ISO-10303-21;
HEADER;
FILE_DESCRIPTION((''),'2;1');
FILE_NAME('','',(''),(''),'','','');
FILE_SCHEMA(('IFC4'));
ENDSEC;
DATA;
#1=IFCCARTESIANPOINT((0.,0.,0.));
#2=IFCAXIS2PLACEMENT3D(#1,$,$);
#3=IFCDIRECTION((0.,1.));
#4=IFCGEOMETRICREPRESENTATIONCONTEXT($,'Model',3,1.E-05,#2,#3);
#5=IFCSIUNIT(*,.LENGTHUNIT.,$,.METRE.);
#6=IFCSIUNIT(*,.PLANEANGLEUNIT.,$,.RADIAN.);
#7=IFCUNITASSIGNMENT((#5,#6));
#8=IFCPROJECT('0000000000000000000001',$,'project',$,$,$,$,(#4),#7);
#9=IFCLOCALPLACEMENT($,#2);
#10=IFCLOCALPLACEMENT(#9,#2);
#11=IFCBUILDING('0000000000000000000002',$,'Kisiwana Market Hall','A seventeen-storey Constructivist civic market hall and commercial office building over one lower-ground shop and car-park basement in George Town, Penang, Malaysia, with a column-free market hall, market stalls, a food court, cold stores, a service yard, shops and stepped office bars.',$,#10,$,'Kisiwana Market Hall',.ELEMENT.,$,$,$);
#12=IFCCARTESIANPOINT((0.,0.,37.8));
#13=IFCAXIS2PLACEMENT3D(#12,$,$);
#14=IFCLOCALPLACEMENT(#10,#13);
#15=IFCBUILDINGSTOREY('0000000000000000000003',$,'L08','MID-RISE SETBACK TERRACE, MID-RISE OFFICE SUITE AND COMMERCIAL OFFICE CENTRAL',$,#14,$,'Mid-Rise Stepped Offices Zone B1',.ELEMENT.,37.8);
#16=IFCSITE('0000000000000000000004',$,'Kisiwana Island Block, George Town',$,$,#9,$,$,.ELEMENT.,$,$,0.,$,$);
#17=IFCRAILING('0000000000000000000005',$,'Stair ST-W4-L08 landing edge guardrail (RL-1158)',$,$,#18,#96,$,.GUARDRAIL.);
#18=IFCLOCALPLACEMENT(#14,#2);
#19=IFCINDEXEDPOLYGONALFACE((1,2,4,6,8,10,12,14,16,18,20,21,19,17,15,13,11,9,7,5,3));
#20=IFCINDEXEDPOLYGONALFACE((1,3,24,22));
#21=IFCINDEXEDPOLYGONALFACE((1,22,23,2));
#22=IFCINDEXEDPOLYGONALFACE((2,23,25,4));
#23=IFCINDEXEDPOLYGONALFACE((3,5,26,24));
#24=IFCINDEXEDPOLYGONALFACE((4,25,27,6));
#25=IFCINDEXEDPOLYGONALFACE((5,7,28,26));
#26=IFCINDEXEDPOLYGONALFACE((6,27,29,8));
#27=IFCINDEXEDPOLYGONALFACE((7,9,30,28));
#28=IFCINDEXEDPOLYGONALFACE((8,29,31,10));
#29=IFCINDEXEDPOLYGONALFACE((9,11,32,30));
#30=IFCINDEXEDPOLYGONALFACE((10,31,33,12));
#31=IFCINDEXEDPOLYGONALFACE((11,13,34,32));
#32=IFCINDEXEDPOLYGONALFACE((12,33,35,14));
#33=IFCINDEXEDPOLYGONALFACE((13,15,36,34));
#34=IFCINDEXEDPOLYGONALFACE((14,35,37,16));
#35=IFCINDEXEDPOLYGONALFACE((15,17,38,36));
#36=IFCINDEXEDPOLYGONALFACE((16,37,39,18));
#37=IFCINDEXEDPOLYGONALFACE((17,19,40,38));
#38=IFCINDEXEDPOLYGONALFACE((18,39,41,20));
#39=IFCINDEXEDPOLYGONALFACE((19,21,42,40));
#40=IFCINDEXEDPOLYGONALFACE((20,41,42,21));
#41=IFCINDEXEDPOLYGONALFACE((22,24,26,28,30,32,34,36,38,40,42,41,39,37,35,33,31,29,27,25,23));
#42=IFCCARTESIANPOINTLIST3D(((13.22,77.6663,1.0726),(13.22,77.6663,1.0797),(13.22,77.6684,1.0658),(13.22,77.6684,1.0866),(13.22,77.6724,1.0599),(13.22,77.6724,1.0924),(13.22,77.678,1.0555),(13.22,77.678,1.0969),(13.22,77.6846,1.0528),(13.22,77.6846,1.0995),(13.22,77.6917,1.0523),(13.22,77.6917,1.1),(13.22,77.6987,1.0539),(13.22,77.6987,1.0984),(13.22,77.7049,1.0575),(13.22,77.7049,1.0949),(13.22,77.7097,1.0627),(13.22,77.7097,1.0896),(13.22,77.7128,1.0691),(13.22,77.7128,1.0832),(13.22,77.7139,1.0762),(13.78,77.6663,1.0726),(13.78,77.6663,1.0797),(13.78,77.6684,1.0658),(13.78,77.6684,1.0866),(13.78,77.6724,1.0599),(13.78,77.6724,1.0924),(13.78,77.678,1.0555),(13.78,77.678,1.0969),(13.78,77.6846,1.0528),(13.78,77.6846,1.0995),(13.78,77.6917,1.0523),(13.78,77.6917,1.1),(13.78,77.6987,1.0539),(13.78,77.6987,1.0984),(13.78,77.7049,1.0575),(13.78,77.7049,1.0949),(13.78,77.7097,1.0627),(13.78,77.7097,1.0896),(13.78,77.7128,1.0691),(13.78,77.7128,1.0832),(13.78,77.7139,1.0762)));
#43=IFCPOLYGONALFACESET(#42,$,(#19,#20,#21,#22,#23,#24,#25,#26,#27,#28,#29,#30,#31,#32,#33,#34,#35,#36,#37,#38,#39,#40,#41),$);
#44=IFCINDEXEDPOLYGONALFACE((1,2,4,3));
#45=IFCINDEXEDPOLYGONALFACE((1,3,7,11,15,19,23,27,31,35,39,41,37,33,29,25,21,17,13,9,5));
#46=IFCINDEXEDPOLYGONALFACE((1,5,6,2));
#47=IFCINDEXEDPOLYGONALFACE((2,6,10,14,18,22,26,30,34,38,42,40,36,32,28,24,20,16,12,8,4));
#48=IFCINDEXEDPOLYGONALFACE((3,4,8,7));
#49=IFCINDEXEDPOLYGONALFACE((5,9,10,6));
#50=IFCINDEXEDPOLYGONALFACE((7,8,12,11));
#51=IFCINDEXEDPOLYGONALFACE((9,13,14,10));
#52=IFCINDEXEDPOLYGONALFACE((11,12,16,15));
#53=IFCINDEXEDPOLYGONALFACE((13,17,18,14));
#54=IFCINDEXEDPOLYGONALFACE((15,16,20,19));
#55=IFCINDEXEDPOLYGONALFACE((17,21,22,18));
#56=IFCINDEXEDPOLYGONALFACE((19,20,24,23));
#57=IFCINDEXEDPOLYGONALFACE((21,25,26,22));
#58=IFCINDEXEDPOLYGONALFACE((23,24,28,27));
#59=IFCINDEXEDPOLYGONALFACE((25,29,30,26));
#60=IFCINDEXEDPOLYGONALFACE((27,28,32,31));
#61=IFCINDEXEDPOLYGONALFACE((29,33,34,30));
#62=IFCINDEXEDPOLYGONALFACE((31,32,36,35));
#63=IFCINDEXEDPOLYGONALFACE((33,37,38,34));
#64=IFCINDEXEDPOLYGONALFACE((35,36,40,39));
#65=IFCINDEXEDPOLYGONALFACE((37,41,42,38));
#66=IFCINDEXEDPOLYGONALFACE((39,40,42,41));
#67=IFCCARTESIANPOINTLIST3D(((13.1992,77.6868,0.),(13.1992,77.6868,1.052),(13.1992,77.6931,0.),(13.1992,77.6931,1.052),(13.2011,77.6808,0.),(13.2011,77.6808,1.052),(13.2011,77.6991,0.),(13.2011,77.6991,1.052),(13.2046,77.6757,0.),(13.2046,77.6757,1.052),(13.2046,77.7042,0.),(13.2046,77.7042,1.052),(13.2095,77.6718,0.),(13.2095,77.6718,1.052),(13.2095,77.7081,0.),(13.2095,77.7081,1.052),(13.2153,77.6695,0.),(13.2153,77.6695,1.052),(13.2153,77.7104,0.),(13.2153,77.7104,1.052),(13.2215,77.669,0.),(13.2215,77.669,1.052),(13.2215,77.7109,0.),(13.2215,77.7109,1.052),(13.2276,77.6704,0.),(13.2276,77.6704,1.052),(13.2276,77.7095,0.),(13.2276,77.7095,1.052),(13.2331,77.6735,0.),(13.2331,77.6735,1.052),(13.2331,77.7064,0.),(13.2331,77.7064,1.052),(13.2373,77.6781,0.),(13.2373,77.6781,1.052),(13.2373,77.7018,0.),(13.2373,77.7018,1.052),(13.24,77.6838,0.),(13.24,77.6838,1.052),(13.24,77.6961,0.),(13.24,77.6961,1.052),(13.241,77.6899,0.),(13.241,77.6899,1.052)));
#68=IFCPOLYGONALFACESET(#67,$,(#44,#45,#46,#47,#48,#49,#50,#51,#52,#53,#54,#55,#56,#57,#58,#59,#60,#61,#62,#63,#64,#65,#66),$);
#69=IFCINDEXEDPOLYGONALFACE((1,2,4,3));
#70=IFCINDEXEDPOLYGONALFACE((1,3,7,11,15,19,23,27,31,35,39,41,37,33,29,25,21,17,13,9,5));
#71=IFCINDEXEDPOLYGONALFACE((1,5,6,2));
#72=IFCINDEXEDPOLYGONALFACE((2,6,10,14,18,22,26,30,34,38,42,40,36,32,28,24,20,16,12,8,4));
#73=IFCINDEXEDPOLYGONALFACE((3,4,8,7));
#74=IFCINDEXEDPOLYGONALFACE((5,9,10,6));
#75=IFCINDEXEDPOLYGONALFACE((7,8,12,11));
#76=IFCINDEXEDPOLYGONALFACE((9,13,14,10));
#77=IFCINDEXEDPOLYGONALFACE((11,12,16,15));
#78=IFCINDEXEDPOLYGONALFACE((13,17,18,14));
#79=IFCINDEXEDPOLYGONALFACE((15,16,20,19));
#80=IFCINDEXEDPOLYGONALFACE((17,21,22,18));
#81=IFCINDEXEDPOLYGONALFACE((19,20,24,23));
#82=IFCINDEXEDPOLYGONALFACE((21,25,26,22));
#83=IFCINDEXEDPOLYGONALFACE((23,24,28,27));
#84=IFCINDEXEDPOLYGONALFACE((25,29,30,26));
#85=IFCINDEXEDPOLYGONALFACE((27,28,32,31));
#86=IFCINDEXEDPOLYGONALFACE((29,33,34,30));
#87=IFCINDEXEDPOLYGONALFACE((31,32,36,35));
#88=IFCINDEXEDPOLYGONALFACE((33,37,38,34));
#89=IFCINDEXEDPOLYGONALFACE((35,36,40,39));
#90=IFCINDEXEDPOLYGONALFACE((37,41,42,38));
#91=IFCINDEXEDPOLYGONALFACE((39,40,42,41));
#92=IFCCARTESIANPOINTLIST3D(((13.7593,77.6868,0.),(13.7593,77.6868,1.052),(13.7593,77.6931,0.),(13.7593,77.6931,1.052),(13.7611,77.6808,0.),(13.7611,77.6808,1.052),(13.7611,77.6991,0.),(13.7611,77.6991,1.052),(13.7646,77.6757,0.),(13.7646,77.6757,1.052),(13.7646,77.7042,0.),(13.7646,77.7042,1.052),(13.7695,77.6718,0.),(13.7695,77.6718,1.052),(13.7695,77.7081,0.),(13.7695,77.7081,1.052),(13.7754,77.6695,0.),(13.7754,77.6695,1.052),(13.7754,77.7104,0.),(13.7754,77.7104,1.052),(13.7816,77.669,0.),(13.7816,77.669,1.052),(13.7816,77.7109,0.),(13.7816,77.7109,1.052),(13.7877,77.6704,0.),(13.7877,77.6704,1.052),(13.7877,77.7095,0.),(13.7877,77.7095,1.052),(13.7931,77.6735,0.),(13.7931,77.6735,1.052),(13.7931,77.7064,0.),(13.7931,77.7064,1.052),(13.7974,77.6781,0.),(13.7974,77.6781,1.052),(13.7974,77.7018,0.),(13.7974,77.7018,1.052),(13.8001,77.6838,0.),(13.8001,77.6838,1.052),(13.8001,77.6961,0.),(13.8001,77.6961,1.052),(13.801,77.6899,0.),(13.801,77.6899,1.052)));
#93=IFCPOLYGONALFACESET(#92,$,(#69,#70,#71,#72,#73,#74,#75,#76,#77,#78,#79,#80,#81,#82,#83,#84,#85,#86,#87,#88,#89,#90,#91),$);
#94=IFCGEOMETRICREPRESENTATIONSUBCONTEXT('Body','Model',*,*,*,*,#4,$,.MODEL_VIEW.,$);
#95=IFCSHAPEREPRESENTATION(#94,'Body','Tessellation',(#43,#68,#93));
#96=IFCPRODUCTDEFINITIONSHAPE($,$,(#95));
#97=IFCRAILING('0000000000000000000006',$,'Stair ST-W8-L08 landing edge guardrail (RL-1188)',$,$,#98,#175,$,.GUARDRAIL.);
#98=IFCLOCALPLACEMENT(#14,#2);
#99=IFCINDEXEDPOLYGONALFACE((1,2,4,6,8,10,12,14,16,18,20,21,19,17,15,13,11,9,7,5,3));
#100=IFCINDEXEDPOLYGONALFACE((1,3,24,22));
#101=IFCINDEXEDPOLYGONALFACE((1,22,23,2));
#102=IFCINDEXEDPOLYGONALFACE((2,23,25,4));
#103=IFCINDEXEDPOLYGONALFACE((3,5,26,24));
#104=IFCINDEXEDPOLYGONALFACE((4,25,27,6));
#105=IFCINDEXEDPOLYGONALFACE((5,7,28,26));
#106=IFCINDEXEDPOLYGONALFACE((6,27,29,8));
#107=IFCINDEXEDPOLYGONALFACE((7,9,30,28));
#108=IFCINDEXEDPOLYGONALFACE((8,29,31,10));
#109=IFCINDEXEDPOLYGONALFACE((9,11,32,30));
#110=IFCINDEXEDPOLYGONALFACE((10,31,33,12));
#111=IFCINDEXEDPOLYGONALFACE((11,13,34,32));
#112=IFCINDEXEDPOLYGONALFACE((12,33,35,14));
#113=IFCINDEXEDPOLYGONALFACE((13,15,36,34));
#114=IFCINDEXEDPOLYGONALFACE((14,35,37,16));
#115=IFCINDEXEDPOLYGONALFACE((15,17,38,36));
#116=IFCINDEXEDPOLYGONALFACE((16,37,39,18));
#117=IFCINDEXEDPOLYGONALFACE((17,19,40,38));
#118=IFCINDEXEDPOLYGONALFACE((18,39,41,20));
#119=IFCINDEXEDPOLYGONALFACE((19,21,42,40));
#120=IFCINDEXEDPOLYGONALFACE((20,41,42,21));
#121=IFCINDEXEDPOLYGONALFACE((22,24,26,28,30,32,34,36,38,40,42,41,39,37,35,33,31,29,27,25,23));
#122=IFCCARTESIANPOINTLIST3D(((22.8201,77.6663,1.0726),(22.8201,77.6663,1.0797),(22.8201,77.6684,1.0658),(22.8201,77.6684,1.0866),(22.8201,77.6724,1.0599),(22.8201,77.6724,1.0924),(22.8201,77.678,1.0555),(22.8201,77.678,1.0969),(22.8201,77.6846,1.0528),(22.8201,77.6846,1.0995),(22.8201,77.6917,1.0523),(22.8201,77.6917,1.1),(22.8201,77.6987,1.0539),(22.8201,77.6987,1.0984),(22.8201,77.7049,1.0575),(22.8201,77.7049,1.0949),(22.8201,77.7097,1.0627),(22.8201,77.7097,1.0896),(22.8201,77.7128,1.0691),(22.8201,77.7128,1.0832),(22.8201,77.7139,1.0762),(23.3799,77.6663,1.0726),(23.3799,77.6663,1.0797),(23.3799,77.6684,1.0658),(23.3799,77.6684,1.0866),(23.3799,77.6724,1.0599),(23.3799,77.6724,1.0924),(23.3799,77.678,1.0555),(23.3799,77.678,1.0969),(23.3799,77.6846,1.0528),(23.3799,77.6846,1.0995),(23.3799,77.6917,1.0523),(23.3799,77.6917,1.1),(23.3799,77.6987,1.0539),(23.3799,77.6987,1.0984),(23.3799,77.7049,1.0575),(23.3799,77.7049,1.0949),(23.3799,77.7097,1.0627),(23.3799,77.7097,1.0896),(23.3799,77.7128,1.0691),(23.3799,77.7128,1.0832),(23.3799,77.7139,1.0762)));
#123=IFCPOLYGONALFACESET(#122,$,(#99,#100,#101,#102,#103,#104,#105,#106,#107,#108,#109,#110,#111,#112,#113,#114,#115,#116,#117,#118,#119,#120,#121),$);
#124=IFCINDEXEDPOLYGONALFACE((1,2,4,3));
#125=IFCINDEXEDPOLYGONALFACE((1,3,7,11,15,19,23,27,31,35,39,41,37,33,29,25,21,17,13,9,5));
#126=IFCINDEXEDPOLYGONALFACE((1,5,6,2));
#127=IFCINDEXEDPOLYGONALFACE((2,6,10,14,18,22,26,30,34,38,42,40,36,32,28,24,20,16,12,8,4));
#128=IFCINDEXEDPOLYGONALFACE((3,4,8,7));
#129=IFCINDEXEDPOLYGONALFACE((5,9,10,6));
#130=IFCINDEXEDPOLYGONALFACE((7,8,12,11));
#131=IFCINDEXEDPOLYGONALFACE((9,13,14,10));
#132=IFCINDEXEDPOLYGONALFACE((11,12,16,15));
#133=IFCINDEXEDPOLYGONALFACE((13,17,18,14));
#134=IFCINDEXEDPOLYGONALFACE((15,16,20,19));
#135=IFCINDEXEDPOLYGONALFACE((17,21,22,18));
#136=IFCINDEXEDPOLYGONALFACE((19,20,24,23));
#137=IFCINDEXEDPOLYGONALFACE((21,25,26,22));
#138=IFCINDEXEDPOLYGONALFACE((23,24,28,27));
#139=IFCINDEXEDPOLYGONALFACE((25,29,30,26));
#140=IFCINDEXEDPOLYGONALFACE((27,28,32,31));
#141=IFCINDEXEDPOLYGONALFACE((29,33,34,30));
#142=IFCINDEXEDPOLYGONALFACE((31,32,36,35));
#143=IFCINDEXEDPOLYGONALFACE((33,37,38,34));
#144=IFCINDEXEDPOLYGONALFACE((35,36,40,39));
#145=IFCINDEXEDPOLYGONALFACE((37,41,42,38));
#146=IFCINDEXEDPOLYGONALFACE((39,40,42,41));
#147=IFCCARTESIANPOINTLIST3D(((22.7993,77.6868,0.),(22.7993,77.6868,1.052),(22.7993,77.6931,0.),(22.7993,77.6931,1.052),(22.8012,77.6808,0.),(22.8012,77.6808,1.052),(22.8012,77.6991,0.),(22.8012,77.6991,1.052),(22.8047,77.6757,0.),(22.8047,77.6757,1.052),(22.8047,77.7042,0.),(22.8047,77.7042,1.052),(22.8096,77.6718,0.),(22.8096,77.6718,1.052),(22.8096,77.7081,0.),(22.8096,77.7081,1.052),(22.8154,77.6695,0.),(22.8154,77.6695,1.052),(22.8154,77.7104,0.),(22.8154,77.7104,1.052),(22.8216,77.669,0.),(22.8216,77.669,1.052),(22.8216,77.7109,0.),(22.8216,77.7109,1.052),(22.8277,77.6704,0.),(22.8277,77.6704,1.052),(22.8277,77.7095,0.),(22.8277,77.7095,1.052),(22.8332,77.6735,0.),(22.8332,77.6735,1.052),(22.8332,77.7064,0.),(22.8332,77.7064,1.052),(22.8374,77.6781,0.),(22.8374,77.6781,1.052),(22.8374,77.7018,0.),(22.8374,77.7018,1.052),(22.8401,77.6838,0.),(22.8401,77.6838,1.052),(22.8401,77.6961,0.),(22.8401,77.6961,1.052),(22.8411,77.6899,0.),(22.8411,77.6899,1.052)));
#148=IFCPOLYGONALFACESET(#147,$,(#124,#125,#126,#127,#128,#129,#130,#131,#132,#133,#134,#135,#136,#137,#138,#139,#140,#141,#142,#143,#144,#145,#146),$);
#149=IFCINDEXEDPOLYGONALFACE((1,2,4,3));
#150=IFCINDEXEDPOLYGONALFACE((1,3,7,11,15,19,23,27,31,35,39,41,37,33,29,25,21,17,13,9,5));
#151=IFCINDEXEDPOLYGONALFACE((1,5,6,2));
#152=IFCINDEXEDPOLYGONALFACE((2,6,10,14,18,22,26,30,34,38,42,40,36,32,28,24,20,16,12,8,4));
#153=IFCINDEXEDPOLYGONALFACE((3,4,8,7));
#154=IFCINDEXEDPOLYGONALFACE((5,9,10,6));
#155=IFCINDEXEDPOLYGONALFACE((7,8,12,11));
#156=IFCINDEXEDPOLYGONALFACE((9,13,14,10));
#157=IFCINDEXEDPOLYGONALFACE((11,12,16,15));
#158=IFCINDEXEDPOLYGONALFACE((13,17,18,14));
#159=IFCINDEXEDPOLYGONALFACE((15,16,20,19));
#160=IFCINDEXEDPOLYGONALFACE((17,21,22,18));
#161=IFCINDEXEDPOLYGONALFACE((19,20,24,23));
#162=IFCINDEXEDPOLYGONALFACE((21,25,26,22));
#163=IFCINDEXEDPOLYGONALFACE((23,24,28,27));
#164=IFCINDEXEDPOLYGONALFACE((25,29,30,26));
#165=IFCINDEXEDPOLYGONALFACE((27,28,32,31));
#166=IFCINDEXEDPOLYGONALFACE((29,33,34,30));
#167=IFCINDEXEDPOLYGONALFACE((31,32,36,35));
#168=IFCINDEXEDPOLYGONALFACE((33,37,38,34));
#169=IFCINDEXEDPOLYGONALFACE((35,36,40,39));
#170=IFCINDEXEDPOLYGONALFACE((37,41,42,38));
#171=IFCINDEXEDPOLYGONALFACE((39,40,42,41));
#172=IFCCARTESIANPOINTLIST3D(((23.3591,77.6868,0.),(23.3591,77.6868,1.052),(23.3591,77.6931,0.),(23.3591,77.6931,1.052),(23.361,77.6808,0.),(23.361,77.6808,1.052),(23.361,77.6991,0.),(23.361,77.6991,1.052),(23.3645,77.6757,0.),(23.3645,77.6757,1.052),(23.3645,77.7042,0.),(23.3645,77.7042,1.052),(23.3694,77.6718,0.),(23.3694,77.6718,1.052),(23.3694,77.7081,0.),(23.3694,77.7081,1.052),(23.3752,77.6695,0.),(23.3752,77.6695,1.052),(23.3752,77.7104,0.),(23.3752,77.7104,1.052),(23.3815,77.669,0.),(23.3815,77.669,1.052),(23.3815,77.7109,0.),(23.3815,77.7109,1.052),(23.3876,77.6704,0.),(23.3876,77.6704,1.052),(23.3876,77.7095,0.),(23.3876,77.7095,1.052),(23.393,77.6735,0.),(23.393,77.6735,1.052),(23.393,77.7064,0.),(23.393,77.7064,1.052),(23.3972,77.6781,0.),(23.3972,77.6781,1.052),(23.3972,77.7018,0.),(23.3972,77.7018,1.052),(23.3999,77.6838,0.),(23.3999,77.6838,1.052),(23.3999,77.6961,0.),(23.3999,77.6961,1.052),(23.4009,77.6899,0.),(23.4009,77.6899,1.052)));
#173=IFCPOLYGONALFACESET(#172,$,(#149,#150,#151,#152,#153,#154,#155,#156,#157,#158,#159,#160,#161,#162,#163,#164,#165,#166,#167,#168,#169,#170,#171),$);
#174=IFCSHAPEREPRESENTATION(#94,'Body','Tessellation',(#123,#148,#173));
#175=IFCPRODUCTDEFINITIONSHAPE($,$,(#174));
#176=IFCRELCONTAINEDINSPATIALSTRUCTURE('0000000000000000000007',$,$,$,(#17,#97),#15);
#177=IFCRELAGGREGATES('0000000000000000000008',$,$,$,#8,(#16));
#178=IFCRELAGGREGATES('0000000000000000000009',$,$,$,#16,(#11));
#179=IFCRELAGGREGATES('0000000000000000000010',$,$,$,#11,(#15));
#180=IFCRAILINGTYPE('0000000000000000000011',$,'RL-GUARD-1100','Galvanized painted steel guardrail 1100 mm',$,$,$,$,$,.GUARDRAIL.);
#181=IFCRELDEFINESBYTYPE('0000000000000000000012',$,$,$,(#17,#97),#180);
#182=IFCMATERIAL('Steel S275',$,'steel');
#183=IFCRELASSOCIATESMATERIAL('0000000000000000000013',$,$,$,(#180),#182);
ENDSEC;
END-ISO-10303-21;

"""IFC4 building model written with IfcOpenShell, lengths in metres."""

from ifc_helpers import new_model, si_unit, direction, frame, origin, origin_2d, place, context, subcontext, project, spatial, circle, extrude, material, type_object, element, save


model = new_model("IFC4")

# Units and contexts
model_context = context("Model", 3, precision=1e-05, world=origin(), true_north=direction((0.0, 1.0)))
body_context = subcontext(model_context, "Body", "Model", "MODEL_VIEW")
ifc_project = project(units=[si_unit("LENGTHUNIT", "METRE"), si_unit("PLANEANGLEUNIT", "RADIAN")], contexts=[model_context])

# Site, building, storey
site_placement = place(None, origin())
site = spatial("IfcSite", under=ifc_project, at=site_placement, Name="Kisiwana Island Block, George Town", CompositionType="ELEMENT", RefElevation=0.0)
building_placement = place(site_placement, origin())
building = spatial("IfcBuilding", under=site, at=building_placement, Name="Kisiwana Market Hall", Description="A seventeen-storey Constructivist civic market hall and commercial office building over one lower-ground shop and car-park basement in George Town, Penang, Malaysia, with a column-free market hall, market stalls, a food court, cold stores, a service yard, shops and stepped office bars.", LongName="Kisiwana Market Hall", CompositionType="ELEMENT")
storey_placement = place(building_placement, frame((0.0, 0.0, 37.8)))
storey = spatial("IfcBuildingStorey", under=building, at=storey_placement, Name="L08", Description="MID-RISE SETBACK TERRACE, MID-RISE OFFICE SUITE AND COMMERCIAL OFFICE CENTRAL", LongName="Mid-Rise Stepped Offices Zone B1", CompositionType="ELEMENT", Elevation=37.8)

# Railings
ifc_material_1 = material(Name="Steel S275", Category="steel")
railing_type = type_object("IfcRailingType", Name="RL-GUARD-1100", Description="Galvanized painted steel guardrail 1100 mm", PredefinedType="GUARDRAIL", material=ifc_material_1)
railing_1_placement = place(storey_placement, frame((13.22, 77.6899, 0.0)))
element("IfcRailing", 1, at=railing_1_placement, inside=storey, type_object=railing_type, Name="Stair ST-W4-L08 landing edge guardrail (RL-1158)", PredefinedType="GUARDRAIL", context=body_context, shape_type="SweptSolid", body=[
    extrude(circle(Radius=0.0239, at=origin_2d()), frame((0.0, 0.0, 1.0762), z_axis=(1.0, 0.0, 0.0), x_axis=(0.0, 1.0, 0.0)), (0.0, 0.0, 1.0), 0.5601),
    extrude(circle(Radius=0.021, at=origin_2d()), origin(), (0.0, 0.0, 1.0), 1.052),
    extrude(circle(Radius=0.021, at=origin_2d()), frame((0.5601, 0.0, 0.0)), (0.0, 0.0, 1.0), 1.052),
])
railing_2_placement = place(storey_placement, frame((22.8201, 77.6899, 0.0)))
element("IfcRailing", 2, at=railing_2_placement, inside=storey, type_object=railing_type, Name="Stair ST-W8-L08 landing edge guardrail (RL-1188)", PredefinedType="GUARDRAIL", context=body_context, shape_type="SweptSolid", body=[
    extrude(circle(Radius=0.0239, at=origin_2d()), frame((0.0, 0.0, 1.0762), z_axis=(1.0, 0.0, 0.0), x_axis=(0.0, 1.0, 0.0)), (0.0, 0.0, 1.0), 0.5598),
    extrude(circle(Radius=0.021, at=origin_2d()), origin(), (0.0, 0.0, 1.0), 1.052),
    extrude(circle(Radius=0.021, at=origin_2d()), frame((0.5598, 0.0, 0.0)), (0.0, 0.0, 1.0), 1.052),
])

save(model, "model.ifc")
